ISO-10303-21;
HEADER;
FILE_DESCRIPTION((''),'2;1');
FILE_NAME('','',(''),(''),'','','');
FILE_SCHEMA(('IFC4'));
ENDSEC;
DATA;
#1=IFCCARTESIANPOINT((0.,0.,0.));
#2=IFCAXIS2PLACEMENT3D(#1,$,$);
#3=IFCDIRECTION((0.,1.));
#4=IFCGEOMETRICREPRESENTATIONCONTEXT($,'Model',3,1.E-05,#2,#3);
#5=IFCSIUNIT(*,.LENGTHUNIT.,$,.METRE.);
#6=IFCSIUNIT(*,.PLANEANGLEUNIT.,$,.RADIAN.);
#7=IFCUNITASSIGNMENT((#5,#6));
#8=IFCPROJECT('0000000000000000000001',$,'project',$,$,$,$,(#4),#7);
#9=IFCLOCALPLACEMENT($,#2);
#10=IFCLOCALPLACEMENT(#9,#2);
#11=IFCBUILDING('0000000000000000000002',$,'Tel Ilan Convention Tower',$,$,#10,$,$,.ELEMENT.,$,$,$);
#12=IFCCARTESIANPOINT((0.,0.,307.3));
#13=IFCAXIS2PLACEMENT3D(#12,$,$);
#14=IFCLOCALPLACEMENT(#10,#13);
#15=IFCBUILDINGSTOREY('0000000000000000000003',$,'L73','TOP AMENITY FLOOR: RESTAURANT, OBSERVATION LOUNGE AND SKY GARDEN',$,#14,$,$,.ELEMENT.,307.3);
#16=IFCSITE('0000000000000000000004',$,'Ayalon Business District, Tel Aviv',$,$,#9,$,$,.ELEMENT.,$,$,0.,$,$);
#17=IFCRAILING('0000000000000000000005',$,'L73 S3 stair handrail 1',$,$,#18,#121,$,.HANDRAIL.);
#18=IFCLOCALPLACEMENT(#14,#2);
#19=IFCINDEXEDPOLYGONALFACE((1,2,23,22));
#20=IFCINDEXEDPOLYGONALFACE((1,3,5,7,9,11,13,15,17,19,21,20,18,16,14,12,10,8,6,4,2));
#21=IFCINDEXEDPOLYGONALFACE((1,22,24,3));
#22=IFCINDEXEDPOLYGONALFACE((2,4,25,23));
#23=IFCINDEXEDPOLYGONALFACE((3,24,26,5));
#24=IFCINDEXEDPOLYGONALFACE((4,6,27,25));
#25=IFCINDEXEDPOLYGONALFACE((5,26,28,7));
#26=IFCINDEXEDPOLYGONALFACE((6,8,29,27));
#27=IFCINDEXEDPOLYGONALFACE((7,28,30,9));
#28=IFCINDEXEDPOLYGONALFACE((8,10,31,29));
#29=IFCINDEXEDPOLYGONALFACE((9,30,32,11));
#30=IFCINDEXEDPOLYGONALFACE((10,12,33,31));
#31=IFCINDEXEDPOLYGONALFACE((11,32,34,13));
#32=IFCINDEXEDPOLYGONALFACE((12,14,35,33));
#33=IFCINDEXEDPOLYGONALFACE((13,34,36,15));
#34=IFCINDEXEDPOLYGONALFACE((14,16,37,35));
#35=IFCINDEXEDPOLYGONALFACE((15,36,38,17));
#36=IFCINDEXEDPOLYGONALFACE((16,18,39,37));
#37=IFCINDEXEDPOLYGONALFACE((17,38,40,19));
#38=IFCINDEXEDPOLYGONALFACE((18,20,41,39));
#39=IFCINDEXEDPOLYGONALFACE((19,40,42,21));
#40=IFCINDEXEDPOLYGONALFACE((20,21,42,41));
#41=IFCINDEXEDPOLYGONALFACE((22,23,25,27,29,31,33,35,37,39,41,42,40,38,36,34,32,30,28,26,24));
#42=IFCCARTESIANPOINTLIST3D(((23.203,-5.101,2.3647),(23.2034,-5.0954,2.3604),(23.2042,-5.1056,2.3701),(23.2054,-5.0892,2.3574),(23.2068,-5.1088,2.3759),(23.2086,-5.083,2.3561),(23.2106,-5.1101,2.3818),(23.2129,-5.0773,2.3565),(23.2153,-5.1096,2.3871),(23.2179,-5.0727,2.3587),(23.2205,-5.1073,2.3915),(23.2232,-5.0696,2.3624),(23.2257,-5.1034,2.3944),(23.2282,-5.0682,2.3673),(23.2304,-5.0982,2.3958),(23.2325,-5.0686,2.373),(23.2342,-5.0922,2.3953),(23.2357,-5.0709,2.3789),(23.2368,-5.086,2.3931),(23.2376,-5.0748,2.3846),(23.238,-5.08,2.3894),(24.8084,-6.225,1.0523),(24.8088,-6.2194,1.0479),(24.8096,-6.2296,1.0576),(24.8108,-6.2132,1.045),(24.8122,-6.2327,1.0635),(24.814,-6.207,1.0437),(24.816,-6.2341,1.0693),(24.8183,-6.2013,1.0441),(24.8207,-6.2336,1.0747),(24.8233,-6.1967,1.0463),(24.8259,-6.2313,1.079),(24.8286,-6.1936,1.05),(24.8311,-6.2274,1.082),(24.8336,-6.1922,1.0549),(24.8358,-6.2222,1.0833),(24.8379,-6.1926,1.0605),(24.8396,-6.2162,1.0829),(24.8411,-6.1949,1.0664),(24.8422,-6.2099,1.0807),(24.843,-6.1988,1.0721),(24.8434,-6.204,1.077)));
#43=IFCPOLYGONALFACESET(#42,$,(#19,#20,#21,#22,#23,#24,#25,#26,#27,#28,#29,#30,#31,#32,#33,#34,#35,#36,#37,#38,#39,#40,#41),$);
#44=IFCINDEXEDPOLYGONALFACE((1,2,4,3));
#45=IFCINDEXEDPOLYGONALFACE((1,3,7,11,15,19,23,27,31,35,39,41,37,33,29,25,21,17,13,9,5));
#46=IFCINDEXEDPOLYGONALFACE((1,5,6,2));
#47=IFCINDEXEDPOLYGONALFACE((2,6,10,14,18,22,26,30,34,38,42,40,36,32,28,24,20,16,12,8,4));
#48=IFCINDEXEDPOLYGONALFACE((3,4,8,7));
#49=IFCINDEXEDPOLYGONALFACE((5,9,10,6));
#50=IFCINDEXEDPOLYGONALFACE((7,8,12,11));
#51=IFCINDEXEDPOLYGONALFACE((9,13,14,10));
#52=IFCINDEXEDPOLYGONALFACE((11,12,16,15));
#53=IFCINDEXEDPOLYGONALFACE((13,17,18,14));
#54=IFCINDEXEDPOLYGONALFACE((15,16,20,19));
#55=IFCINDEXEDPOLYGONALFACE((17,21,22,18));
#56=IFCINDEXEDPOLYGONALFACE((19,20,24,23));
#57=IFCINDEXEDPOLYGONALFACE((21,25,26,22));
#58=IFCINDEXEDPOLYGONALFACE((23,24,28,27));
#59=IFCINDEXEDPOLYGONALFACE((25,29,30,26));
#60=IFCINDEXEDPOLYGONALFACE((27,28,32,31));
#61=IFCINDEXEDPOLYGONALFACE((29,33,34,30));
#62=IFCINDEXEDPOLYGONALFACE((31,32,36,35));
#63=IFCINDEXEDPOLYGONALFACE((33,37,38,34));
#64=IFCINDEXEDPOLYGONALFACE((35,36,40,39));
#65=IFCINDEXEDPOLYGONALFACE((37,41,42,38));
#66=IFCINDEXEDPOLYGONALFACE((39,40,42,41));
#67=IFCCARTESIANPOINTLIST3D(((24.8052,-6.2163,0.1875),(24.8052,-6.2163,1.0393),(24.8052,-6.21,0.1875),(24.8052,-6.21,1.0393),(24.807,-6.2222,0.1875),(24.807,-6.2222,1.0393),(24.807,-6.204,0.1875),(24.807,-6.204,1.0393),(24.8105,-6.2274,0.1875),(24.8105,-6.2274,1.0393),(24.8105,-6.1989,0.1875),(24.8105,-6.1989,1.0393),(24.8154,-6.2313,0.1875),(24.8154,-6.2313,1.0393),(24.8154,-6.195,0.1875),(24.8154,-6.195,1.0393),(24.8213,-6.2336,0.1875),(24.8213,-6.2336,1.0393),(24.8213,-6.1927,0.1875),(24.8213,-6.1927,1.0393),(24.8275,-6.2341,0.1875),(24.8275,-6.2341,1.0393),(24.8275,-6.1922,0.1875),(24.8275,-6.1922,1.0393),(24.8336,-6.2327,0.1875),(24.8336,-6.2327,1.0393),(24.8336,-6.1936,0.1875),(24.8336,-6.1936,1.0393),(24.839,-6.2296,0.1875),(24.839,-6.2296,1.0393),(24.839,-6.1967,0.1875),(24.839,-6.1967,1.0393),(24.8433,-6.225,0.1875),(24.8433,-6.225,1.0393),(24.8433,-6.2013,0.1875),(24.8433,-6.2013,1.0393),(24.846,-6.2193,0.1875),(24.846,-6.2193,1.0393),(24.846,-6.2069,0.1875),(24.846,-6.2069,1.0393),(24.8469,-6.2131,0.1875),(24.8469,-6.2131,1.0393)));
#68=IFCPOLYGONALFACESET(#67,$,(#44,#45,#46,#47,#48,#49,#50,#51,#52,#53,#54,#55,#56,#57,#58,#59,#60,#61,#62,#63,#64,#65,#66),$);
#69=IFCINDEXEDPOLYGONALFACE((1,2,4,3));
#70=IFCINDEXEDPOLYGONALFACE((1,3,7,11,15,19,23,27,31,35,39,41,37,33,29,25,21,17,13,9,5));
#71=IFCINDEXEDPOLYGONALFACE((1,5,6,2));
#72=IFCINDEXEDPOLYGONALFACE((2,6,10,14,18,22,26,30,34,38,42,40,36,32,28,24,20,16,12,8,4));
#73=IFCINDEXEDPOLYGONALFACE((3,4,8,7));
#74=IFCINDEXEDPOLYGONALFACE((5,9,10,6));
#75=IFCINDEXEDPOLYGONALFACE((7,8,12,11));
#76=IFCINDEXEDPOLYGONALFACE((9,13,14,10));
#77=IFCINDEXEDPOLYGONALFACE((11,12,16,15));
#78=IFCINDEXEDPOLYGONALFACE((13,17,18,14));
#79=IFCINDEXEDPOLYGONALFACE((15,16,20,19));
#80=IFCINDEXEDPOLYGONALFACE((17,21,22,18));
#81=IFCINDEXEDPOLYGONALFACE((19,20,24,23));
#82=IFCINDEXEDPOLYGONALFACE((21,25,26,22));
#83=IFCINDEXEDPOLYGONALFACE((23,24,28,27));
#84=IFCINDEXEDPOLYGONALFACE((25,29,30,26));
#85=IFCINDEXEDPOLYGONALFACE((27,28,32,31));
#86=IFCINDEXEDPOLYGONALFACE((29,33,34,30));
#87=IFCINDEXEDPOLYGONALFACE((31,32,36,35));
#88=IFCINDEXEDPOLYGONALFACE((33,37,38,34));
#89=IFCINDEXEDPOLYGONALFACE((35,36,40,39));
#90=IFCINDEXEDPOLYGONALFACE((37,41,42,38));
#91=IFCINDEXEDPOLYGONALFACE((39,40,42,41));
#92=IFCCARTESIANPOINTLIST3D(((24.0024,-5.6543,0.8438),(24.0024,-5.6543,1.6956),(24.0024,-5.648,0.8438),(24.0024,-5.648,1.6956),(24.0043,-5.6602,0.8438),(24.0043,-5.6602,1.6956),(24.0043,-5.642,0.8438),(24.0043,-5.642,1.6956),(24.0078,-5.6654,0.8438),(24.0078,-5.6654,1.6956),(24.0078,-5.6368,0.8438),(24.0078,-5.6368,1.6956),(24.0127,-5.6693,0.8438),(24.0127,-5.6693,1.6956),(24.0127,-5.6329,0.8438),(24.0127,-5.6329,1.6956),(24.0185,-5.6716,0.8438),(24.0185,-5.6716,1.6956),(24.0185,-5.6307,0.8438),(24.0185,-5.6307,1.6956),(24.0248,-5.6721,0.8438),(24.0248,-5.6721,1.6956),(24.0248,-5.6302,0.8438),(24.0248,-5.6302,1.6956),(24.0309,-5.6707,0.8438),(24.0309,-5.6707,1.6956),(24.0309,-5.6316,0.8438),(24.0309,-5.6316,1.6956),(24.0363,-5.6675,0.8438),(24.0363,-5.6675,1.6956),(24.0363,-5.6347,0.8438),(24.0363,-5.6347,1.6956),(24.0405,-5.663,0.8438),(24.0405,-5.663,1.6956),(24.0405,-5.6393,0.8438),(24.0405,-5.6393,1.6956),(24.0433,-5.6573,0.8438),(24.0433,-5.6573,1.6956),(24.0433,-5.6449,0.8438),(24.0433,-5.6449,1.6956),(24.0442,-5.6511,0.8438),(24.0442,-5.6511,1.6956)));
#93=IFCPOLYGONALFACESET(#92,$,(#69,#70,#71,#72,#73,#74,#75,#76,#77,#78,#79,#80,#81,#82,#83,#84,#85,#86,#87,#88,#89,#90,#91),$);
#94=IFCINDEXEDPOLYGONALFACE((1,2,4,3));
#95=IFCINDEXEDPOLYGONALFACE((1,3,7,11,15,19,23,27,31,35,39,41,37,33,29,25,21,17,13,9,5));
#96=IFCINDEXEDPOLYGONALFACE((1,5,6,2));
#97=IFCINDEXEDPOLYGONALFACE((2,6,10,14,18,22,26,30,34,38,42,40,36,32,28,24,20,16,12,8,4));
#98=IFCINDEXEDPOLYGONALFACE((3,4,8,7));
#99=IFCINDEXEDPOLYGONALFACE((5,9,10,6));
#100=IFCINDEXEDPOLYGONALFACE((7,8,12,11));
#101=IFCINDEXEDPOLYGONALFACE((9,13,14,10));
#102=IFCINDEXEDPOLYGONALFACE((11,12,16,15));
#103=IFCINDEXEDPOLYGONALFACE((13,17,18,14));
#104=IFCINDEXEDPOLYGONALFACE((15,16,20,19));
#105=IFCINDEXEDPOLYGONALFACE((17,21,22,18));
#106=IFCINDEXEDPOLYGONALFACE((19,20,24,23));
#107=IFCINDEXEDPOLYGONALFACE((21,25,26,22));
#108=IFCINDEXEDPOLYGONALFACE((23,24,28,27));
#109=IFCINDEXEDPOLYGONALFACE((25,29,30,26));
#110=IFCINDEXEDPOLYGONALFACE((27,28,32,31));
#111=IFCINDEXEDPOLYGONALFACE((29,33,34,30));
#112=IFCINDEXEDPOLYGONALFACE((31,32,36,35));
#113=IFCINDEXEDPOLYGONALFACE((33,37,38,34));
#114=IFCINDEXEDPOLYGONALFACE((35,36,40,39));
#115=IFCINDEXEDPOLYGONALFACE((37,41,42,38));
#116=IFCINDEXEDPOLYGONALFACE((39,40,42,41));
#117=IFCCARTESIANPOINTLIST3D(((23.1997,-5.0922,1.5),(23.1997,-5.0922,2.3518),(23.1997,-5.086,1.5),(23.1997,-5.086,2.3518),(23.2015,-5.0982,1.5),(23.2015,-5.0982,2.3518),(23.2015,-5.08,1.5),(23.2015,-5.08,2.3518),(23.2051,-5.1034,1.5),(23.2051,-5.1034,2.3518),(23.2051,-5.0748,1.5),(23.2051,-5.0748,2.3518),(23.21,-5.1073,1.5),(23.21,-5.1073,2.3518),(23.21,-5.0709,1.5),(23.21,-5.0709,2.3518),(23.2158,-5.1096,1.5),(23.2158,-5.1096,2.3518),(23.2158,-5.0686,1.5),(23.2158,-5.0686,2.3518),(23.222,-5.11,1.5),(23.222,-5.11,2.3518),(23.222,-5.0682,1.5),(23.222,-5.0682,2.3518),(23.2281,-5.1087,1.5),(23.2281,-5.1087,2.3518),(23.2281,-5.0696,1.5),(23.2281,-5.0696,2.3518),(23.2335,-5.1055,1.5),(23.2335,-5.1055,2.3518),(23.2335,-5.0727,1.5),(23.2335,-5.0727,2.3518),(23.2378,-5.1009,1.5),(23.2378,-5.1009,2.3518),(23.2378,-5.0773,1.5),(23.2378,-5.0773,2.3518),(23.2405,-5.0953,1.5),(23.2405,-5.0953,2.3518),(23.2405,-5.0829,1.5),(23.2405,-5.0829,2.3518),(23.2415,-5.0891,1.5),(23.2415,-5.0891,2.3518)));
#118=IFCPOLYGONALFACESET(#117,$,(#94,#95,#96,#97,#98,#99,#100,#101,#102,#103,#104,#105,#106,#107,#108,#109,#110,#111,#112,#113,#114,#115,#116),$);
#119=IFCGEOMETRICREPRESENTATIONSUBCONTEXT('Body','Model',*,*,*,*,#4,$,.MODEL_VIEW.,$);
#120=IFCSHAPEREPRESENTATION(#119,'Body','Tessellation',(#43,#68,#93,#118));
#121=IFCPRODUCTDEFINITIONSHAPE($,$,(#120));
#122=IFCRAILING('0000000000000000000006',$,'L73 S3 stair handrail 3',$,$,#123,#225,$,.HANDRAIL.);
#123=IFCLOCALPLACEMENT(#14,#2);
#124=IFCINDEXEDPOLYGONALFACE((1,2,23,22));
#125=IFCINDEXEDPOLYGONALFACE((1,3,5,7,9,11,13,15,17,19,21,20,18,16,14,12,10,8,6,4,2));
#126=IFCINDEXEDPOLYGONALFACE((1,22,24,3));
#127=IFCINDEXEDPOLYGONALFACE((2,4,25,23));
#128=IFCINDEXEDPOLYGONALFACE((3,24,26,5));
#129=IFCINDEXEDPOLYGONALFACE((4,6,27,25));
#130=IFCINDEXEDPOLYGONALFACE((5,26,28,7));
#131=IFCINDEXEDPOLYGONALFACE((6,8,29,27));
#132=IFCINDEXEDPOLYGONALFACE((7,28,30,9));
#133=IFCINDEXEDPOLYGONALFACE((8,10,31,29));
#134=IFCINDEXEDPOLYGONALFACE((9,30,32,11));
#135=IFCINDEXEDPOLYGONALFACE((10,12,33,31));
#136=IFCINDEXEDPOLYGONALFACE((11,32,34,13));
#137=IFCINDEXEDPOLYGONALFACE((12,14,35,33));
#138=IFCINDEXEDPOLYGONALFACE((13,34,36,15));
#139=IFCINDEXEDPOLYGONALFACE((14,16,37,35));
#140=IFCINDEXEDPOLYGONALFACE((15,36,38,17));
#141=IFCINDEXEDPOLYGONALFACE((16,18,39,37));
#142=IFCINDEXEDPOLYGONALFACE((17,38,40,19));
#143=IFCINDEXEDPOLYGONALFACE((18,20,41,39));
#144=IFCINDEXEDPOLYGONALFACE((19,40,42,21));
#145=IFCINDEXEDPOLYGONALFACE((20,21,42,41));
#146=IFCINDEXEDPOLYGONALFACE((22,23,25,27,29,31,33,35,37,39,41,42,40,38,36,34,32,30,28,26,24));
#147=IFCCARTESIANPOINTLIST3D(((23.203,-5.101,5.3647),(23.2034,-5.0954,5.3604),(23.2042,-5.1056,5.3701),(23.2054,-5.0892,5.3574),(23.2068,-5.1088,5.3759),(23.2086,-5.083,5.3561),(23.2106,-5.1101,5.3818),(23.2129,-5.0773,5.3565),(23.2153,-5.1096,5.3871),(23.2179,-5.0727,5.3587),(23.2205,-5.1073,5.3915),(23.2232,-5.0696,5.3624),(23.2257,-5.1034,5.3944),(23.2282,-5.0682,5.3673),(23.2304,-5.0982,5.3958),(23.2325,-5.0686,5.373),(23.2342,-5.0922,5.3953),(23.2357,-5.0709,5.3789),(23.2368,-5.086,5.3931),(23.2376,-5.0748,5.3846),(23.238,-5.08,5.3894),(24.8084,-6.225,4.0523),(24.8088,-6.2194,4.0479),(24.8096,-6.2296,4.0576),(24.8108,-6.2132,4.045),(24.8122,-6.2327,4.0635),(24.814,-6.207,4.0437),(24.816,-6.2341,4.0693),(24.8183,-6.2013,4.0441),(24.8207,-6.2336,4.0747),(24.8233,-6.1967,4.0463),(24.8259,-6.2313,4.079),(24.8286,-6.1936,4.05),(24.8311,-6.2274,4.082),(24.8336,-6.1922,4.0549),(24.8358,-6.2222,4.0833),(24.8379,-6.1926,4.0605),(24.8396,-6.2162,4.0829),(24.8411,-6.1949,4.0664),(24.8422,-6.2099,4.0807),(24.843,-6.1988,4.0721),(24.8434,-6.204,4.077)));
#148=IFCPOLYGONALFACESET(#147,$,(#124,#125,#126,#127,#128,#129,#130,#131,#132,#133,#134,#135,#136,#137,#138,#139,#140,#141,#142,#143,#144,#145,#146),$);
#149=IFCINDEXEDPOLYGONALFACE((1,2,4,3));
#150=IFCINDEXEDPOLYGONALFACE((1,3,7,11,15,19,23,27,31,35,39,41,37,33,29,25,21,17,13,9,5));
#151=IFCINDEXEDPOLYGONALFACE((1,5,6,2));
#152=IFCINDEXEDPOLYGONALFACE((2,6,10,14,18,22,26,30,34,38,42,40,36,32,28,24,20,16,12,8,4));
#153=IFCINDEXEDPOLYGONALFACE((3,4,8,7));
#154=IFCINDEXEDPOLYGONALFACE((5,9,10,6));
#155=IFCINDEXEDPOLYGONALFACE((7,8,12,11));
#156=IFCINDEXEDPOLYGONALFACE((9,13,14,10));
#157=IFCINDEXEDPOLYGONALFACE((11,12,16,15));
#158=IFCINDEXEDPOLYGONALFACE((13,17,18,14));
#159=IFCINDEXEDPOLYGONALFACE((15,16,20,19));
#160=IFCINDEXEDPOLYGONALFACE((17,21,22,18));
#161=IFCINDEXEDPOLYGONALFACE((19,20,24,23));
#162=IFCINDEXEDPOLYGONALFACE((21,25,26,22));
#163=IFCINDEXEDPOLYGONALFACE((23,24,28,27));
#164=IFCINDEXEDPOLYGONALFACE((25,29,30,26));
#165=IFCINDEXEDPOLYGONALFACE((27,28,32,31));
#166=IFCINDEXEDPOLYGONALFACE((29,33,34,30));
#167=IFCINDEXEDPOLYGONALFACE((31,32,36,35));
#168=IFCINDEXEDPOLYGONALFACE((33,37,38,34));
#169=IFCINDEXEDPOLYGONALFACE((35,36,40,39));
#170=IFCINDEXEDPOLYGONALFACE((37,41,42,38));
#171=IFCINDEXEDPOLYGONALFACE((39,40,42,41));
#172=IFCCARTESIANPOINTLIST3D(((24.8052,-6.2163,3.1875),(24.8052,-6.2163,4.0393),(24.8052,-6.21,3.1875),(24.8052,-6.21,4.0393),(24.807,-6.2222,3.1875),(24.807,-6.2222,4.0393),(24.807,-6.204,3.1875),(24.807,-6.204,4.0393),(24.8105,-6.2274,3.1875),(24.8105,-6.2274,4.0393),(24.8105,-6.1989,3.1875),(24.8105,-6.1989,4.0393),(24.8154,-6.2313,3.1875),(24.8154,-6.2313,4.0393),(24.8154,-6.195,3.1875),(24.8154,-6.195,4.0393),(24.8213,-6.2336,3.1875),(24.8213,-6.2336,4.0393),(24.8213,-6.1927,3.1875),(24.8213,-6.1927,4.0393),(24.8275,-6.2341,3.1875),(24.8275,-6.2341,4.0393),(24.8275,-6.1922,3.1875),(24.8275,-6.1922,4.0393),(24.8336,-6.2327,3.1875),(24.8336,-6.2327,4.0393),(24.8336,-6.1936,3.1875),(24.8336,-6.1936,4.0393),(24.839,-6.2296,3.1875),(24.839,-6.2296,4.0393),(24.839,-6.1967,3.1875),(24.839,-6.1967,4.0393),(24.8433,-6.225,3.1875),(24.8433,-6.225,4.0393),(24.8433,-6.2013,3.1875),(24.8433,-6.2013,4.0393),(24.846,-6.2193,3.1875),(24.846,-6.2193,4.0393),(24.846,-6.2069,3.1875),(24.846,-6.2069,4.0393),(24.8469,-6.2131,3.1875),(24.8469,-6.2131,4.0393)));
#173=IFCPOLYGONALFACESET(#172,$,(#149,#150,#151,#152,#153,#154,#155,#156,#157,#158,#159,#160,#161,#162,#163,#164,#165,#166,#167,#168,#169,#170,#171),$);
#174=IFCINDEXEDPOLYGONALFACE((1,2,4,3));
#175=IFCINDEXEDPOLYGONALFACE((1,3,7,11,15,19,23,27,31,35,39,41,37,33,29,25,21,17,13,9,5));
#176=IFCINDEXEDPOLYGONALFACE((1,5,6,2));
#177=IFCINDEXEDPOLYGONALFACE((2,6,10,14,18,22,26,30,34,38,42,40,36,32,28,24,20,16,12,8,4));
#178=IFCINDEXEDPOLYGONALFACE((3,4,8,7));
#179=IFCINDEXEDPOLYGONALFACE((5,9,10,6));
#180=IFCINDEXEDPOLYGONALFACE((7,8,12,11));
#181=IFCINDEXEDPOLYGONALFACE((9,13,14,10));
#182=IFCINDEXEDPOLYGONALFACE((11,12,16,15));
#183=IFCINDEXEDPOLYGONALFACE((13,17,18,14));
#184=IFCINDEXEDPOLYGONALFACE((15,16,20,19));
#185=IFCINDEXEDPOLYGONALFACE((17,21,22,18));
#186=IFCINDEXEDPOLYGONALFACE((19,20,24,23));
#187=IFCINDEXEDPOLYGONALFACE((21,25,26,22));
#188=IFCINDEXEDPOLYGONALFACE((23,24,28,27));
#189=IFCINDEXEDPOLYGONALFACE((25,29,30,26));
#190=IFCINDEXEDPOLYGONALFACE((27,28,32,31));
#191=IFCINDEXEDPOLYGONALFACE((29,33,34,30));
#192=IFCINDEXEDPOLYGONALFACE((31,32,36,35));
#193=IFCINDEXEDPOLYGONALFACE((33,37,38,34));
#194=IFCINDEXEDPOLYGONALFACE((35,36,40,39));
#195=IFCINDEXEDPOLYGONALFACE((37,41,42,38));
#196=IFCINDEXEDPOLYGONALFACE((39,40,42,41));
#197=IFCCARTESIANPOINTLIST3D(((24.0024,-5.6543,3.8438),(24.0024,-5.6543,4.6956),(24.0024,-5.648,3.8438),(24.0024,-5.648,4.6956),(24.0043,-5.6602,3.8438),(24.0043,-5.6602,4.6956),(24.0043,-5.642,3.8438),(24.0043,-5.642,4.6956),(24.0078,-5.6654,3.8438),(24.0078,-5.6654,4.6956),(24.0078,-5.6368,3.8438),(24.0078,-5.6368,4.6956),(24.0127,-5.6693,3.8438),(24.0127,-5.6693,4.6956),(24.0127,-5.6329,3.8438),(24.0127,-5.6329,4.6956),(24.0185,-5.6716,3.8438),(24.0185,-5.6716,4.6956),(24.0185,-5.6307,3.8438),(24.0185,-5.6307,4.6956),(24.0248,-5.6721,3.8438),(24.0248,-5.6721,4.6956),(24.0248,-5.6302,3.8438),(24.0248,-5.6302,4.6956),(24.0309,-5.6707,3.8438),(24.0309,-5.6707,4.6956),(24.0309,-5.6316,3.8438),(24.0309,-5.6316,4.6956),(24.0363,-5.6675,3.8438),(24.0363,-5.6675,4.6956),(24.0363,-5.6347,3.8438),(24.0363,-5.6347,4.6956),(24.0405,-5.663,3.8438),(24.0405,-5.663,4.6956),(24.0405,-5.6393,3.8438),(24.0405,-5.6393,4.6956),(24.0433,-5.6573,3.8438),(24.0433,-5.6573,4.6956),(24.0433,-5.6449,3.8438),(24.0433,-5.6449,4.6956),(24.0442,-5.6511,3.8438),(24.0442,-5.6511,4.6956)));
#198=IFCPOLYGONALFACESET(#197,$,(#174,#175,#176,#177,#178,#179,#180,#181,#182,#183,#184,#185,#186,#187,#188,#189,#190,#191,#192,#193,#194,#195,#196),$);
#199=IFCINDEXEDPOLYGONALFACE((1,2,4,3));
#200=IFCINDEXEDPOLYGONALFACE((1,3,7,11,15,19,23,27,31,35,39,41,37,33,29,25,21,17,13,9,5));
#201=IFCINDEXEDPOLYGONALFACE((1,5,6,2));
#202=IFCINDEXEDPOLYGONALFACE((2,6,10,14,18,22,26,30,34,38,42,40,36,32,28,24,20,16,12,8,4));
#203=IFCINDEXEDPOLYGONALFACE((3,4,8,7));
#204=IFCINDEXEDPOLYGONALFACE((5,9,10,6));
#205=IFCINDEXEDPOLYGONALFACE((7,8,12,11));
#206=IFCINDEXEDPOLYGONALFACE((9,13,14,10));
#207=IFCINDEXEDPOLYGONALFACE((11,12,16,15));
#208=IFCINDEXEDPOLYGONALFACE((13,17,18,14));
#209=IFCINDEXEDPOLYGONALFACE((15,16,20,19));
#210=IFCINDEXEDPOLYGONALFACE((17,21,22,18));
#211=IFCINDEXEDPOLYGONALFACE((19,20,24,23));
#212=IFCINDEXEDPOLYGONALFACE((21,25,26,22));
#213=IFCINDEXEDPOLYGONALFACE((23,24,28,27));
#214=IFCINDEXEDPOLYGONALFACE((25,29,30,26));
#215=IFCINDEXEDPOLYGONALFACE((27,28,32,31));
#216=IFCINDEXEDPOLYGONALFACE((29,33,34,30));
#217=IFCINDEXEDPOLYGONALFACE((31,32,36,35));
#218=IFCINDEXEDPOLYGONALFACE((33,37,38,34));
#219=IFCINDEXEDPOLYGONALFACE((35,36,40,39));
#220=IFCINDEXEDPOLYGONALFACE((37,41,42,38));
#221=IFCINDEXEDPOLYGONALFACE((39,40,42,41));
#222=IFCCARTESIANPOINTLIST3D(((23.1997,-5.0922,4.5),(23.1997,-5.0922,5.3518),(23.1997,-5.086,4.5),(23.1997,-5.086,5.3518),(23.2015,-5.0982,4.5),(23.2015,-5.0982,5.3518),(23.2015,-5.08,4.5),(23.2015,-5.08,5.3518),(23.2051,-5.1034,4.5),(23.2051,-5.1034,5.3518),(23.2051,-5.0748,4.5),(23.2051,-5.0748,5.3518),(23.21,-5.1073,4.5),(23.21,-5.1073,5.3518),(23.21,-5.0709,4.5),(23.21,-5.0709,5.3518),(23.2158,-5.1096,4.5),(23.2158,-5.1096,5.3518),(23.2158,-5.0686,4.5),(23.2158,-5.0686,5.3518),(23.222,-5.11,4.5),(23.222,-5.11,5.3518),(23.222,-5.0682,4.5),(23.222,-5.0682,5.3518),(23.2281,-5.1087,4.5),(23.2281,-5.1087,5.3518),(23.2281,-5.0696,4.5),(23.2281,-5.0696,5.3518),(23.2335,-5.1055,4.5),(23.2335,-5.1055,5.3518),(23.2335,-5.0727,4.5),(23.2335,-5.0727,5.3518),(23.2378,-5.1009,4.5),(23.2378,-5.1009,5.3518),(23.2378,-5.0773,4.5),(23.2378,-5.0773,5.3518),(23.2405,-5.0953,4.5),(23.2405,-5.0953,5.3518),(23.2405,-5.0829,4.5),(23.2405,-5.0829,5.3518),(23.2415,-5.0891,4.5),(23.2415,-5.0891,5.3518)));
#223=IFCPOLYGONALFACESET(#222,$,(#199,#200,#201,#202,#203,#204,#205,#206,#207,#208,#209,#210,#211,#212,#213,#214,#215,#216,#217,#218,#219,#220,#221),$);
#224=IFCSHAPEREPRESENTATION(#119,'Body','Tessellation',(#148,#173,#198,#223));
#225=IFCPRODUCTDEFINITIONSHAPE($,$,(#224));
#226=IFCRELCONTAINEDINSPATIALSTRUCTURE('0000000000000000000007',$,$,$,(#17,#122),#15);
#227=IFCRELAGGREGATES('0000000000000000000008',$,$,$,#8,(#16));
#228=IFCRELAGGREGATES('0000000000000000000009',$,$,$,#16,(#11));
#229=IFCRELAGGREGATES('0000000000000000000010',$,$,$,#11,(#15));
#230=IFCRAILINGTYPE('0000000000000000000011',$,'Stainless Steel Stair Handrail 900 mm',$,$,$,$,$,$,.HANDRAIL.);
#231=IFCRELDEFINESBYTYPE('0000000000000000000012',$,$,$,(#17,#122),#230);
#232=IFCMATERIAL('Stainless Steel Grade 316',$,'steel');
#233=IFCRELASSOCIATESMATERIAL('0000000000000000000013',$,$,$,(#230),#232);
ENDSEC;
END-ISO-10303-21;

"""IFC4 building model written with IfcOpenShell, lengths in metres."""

from ifc_helpers import new_model, si_unit, direction, frame, origin, origin_2d, place, context, subcontext, project, spatial, circle, extrude, material, type_object, element, save


model = new_model("IFC4")

# Units and contexts
model_context = context("Model", 3, precision=1e-05, world=origin(), true_north=direction((0.0, 1.0)))
body_context = subcontext(model_context, "Body", "Model", "MODEL_VIEW")
ifc_project = project(units=[si_unit("LENGTHUNIT", "METRE"), si_unit("PLANEANGLEUNIT", "RADIAN")], contexts=[model_context])

# Site, building, storey
site_placement = place(None, origin())
site = spatial("IfcSite", under=ifc_project, at=site_placement, Name="Ayalon Business District, Tel Aviv", CompositionType="ELEMENT", RefElevation=0.0)
building_placement = place(site_placement, origin())
building = spatial("IfcBuilding", under=site, at=building_placement, Name="Tel Ilan Convention Tower", CompositionType="ELEMENT")
storey_placement = place(building_placement, frame((0.0, 0.0, 307.3)))
storey = spatial("IfcBuildingStorey", under=building, at=storey_placement, Name="L73", Description="TOP AMENITY FLOOR: RESTAURANT, OBSERVATION LOUNGE AND SKY GARDEN", CompositionType="ELEMENT", Elevation=307.3)

# Railings
ifc_material_1 = material(Name="Stainless Steel Grade 316", Category="steel")
railing_type_1 = type_object("IfcRailingType", Name="Stainless Steel Stair Handrail 900 mm", PredefinedType="HANDRAIL", material=ifc_material_1)
for number, where, name in (
    (1, (24.8259, -6.2131, 0.1875), "L73 S3 stair handrail 1"),
    (2, (24.8259, -6.2131, 3.1875), "L73 S3 stair handrail 3"),
):
    element("IfcRailing", number, at=place(storey_placement, frame(where)), inside=storey, type_object=railing_type_1, Name=name, PredefinedType="HANDRAIL", context=body_context, shape_type="SweptSolid", body=[
        extrude(circle(Radius=0.0239, at=origin_2d()), frame((0.0, 0.0, 0.876), z_axis=(-0.680649, 0.476537, 0.556443), x_axis=(-0.573529, -0.819185, 0.0)), (0.0, 0.0, 1.0), 2.3586),
        extrude(circle(Radius=0.021, at=origin_2d()), origin(), (0.0, 0.0, 1.0), 0.8518),
        extrude(circle(Radius=0.021, at=origin_2d()), frame((-0.8027, 0.562, 0.6562)), (0.0, 0.0, 1.0), 0.8518),
        extrude(circle(Radius=0.021, at=origin_2d()), frame((-1.6055, 1.124, 1.3125)), (0.0, 0.0, 1.0), 0.8518),
    ])

save(model, "model.ifc")
